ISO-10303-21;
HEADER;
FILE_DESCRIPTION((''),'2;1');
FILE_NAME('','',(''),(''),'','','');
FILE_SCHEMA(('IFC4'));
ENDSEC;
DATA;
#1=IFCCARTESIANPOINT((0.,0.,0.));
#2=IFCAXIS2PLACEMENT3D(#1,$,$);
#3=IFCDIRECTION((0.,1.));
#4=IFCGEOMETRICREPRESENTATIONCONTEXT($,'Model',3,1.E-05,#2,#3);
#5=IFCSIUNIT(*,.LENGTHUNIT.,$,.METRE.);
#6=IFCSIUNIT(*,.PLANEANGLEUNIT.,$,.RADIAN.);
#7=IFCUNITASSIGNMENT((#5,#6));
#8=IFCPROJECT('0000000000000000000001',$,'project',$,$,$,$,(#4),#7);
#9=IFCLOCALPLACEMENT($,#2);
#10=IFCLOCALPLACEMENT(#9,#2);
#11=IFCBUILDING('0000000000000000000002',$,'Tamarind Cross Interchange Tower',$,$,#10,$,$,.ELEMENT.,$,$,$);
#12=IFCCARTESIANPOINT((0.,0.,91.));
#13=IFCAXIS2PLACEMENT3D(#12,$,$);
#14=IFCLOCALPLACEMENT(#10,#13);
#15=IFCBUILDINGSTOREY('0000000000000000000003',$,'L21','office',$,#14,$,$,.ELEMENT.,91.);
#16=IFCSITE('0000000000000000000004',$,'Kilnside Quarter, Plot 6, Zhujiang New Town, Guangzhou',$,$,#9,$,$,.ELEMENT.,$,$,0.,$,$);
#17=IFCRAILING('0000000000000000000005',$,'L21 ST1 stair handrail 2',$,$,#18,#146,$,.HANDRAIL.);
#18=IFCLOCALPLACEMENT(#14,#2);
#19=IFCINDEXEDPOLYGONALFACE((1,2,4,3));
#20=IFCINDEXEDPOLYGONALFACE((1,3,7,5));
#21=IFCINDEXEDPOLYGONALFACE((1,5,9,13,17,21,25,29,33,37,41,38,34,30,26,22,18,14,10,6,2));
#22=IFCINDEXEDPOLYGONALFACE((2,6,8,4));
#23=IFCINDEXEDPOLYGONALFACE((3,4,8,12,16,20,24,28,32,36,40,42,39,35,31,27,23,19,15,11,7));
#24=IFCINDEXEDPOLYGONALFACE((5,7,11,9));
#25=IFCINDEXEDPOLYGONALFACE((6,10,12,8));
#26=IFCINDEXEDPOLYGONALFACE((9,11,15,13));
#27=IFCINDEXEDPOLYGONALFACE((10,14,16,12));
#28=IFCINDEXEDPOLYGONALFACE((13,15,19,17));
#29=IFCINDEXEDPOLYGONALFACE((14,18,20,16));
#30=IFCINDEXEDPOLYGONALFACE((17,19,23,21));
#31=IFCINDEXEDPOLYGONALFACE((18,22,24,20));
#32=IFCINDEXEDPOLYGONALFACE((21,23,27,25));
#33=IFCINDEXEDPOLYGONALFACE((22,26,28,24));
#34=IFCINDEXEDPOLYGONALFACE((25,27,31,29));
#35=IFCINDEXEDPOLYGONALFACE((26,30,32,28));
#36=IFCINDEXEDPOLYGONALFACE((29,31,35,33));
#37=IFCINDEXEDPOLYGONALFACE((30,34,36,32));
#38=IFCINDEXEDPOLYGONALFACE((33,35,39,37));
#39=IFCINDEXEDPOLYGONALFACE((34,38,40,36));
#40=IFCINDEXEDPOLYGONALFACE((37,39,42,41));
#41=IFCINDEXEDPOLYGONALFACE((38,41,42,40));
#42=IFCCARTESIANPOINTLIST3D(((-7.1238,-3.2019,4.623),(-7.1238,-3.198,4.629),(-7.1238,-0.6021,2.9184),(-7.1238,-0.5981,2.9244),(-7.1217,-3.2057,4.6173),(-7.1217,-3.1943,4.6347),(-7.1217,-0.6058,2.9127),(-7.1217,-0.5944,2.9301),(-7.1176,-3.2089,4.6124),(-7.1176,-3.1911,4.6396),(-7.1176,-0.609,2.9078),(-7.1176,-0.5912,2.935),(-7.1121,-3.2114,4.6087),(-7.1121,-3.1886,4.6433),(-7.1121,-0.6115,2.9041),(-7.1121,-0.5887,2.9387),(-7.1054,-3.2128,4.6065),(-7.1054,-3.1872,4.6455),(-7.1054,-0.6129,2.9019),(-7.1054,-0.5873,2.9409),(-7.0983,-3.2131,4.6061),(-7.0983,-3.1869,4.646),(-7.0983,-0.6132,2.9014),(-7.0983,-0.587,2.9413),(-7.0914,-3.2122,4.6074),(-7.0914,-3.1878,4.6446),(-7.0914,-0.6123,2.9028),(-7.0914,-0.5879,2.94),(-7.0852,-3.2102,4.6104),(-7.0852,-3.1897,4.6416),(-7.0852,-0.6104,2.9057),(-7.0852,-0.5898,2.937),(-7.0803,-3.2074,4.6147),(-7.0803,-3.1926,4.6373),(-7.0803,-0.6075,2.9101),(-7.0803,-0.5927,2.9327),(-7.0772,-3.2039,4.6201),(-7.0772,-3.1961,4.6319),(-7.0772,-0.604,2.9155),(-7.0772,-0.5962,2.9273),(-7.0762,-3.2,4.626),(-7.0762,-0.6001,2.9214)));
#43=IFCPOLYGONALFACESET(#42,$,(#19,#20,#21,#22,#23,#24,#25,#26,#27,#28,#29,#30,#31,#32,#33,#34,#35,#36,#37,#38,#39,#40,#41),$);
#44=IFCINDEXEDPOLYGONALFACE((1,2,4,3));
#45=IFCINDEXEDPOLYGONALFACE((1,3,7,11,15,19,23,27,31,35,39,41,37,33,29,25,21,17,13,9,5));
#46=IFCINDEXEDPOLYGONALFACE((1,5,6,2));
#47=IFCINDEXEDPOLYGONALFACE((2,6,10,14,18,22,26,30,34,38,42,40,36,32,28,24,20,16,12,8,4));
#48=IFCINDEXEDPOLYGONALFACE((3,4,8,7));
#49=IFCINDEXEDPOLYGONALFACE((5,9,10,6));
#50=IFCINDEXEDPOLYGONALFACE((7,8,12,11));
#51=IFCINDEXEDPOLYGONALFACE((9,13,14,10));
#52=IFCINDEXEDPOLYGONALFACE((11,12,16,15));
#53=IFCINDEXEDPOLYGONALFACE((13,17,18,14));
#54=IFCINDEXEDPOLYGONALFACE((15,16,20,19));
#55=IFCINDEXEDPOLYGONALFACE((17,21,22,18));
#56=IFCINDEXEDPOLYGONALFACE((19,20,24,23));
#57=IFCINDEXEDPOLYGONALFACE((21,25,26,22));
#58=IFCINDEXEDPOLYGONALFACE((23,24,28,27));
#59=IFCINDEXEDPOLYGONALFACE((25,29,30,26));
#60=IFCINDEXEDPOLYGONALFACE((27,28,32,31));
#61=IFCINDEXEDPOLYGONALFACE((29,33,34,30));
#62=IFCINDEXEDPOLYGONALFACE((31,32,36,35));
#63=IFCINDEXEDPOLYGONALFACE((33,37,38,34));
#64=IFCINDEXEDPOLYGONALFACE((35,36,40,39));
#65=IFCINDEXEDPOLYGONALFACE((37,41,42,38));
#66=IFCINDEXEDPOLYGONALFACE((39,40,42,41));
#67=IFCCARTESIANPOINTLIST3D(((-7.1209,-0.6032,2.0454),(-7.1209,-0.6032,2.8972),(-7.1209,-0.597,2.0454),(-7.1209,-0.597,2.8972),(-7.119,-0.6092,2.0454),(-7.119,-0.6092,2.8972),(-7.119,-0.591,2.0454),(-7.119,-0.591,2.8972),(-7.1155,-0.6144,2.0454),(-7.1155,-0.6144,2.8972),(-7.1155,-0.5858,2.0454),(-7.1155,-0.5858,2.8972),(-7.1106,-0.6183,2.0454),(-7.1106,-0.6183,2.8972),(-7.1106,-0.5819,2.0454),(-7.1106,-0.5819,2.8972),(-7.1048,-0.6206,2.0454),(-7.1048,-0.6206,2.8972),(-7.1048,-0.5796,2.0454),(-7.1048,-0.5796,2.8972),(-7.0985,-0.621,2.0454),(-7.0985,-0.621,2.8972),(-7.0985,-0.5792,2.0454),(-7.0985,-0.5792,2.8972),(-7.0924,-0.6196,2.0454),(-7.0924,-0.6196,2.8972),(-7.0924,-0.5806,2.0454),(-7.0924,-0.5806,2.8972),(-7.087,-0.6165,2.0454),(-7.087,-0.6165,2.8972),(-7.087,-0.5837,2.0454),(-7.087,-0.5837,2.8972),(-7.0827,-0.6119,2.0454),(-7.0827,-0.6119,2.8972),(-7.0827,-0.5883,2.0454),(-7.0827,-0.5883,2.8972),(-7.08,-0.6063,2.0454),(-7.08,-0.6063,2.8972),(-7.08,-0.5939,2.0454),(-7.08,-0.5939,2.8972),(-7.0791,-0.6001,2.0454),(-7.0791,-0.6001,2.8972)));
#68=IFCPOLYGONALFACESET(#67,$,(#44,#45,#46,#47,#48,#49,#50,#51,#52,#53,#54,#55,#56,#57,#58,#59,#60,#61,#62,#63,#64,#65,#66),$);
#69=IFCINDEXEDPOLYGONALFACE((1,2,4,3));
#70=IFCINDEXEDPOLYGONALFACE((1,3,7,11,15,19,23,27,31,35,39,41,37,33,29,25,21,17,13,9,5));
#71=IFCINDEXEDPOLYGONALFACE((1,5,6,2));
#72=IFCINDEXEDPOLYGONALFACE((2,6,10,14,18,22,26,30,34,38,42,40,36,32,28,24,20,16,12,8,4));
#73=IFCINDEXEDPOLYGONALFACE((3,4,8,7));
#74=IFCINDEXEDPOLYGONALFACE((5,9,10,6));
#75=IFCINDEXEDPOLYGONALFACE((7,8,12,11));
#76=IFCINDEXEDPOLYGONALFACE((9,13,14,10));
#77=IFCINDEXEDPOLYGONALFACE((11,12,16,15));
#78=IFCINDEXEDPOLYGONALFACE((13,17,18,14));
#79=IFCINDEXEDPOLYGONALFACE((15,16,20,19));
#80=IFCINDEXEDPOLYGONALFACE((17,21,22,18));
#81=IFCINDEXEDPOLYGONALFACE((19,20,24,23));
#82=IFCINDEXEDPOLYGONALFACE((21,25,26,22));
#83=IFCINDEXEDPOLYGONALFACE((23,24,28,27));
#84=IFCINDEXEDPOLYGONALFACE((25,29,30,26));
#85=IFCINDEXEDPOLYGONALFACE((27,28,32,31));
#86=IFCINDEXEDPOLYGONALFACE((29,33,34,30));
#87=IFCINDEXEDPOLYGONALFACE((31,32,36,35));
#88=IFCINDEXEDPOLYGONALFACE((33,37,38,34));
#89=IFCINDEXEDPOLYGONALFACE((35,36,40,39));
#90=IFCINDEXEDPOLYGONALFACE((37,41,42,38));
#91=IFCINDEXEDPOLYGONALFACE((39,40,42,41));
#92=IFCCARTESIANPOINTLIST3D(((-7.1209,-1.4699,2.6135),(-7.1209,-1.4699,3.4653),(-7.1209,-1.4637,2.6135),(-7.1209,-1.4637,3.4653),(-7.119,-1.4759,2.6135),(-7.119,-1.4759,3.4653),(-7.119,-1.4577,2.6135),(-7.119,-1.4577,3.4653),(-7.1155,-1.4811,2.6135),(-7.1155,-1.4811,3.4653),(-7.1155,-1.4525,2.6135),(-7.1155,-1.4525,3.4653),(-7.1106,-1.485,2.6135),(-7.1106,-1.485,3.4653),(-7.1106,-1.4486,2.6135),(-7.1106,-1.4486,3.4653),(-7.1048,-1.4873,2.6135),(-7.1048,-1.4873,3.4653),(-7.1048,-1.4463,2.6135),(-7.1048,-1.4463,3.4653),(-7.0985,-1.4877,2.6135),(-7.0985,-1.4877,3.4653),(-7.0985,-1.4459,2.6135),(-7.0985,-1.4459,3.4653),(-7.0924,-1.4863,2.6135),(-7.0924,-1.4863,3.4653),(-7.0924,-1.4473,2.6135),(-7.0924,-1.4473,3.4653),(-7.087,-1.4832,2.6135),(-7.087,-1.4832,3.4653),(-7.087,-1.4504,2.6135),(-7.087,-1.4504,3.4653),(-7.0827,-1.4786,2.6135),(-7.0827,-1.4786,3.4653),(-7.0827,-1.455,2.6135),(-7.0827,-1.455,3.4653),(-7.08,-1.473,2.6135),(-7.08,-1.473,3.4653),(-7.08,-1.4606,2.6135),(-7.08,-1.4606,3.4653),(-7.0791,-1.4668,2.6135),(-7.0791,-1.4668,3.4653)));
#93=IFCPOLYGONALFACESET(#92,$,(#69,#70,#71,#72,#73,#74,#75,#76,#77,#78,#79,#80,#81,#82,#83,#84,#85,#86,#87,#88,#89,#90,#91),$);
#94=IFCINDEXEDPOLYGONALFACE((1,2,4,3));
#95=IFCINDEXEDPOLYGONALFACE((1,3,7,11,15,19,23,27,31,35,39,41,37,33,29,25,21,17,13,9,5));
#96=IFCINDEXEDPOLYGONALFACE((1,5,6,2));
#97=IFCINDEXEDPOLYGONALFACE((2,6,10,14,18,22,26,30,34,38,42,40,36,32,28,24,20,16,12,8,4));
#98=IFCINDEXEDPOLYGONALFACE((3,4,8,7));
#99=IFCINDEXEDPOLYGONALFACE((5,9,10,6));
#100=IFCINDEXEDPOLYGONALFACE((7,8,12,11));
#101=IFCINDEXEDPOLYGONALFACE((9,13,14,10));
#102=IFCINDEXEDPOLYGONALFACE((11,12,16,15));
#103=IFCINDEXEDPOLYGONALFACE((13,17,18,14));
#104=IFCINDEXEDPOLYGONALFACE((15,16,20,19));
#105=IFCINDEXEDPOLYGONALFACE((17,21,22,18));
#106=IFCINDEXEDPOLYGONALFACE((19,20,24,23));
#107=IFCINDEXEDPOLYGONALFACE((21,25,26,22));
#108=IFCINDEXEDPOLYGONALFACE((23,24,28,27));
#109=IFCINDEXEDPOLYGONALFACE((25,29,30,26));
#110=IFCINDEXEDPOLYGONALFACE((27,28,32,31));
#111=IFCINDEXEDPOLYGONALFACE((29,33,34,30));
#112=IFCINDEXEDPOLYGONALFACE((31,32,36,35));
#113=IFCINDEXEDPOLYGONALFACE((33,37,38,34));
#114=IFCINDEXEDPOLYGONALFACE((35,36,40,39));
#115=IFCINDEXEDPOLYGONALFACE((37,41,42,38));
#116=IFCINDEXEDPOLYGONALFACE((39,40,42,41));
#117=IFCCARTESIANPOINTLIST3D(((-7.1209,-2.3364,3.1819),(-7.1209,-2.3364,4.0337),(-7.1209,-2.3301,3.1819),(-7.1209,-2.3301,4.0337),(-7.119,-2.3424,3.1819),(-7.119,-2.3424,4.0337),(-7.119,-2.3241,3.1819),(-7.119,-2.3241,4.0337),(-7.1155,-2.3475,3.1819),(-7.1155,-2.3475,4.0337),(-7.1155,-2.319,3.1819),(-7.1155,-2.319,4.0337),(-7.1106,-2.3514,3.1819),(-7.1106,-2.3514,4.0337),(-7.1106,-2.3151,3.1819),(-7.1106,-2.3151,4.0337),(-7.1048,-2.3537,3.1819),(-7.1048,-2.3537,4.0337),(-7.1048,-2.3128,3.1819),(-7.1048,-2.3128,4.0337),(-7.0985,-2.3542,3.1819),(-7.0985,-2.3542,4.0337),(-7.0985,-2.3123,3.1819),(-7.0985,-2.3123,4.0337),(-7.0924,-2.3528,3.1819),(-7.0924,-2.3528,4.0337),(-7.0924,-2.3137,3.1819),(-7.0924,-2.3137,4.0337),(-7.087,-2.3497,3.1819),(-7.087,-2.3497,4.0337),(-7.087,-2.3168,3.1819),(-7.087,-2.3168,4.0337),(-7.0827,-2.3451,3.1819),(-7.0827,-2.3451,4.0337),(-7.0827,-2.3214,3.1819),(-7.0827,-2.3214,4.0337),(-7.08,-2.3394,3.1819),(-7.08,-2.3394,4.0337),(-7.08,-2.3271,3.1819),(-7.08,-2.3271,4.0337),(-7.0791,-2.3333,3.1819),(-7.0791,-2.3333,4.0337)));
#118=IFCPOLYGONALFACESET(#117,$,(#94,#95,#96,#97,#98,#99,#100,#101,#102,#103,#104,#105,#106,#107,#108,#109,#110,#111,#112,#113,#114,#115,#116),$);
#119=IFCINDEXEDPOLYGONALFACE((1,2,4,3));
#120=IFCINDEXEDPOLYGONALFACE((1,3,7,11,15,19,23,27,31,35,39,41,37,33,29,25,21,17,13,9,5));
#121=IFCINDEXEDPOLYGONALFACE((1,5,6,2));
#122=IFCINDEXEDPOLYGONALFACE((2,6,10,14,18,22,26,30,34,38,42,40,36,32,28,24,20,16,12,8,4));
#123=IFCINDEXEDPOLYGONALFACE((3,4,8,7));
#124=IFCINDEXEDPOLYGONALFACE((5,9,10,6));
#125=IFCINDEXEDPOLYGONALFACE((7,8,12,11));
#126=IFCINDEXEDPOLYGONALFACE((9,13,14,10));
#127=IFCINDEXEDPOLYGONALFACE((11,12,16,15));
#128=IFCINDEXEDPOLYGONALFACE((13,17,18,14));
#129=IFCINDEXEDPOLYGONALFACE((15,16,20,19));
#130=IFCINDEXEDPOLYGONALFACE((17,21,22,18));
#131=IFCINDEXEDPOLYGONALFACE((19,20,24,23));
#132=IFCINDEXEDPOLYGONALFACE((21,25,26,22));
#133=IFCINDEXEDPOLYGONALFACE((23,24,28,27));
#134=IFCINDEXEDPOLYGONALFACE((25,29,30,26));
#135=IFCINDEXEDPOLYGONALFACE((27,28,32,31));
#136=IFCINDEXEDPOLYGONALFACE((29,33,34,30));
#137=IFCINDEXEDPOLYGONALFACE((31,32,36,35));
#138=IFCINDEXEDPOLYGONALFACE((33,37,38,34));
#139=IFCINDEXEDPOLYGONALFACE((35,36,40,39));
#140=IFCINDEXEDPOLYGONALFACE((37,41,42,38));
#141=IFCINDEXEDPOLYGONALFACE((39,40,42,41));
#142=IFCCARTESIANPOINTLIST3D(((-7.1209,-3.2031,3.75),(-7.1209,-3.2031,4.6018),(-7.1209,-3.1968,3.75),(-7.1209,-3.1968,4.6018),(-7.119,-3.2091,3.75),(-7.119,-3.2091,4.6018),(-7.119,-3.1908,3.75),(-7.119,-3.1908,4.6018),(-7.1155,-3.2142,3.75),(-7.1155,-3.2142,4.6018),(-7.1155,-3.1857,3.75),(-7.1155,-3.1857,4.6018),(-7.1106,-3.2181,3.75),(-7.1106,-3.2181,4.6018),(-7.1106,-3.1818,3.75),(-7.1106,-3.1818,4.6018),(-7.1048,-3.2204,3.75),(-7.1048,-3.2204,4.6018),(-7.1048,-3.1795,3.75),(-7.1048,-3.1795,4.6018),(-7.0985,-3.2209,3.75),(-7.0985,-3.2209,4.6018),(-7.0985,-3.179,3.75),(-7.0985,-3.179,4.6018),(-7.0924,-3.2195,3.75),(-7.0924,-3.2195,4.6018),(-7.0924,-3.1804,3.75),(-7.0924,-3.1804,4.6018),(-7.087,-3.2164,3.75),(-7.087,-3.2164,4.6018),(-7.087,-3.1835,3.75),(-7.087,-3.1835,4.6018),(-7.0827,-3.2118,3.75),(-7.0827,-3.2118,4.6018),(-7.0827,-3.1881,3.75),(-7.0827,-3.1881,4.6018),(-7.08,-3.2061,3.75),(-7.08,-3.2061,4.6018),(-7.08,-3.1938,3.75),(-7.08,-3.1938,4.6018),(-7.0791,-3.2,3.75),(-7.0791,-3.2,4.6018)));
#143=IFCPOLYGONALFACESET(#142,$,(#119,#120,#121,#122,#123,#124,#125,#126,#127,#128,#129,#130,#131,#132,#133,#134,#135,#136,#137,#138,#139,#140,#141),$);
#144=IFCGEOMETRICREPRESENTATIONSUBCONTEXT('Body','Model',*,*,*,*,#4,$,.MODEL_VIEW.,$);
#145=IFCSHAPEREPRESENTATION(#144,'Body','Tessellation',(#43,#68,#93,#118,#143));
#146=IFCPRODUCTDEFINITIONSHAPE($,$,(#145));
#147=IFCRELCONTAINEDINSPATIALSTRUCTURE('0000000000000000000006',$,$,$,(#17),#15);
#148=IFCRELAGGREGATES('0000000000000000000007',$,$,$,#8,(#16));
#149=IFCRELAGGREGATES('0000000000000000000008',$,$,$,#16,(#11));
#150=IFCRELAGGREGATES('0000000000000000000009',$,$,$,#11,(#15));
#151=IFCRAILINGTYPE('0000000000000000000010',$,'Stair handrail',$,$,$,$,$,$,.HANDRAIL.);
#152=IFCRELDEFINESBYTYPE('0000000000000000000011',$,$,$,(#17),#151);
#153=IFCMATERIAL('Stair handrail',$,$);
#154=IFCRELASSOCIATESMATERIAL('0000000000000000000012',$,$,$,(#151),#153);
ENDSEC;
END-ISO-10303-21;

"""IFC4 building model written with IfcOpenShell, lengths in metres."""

from ifc_helpers import new_model, si_unit, direction, frame, origin, origin_2d, place, context, subcontext, project, spatial, circle, extrude, material, type_object, element, save


model = new_model("IFC4")

# Units and contexts
model_context = context("Model", 3, precision=1e-05, world=origin(), true_north=direction((0.0, 1.0)))
body_context = subcontext(model_context, "Body", "Model", "MODEL_VIEW")
ifc_project = project(units=[si_unit("LENGTHUNIT", "METRE"), si_unit("PLANEANGLEUNIT", "RADIAN")], contexts=[model_context])

# Site, building, storey
site_placement = place(None, origin())
site = spatial("IfcSite", under=ifc_project, at=site_placement, Name="Kilnside Quarter, Plot 6, Zhujiang New Town, Guangzhou", CompositionType="ELEMENT", RefElevation=0.0)
building_placement = place(site_placement, origin())
building = spatial("IfcBuilding", under=site, at=building_placement, Name="Tamarind Cross Interchange Tower", CompositionType="ELEMENT")
storey_placement = place(building_placement, frame((0.0, 0.0, 91.0)))
storey = spatial("IfcBuildingStorey", under=building, at=storey_placement, Name="L21", Description="office", CompositionType="ELEMENT", Elevation=91.0)

# Railing
ifc_material_1 = material(Name="Stair handrail")
railing_type_1 = type_object("IfcRailingType", Name="Stair handrail", PredefinedType="HANDRAIL", material=ifc_material_1)
railing_1_placement = place(storey_placement, frame((-7.1001, -0.6001, 2.0454)))
element("IfcRailing", 1, at=railing_1_placement, inside=storey, type_object=railing_type_1, Name="L21 ST1 stair handrail 2", PredefinedType="HANDRAIL", context=body_context, shape_type="SweptSolid", body=[
    extrude(circle(Radius=0.0239, at=origin_2d()), frame((0.0, 0.0, 0.876), z_axis=(0.0, -0.836279, 0.548305), x_axis=(1.0, 0.0, 0.0)), (0.0, 0.0, 1.0), 3.1089),
    extrude(circle(Radius=0.021, at=origin_2d()), origin(), (0.0, 0.0, 1.0), 0.8518),
    extrude(circle(Radius=0.021, at=origin_2d()), frame((0.0, -0.8667, 0.5681)), (0.0, 0.0, 1.0), 0.8518),
    extrude(circle(Radius=0.021, at=origin_2d()), frame((0.0, -1.7332, 1.1365)), (0.0, 0.0, 1.0), 0.8518),
    extrude(circle(Radius=0.021, at=origin_2d()), frame((0.0, -2.5999, 1.7046)), (0.0, 0.0, 1.0), 0.8518),
])

save(model, "model.ifc")
